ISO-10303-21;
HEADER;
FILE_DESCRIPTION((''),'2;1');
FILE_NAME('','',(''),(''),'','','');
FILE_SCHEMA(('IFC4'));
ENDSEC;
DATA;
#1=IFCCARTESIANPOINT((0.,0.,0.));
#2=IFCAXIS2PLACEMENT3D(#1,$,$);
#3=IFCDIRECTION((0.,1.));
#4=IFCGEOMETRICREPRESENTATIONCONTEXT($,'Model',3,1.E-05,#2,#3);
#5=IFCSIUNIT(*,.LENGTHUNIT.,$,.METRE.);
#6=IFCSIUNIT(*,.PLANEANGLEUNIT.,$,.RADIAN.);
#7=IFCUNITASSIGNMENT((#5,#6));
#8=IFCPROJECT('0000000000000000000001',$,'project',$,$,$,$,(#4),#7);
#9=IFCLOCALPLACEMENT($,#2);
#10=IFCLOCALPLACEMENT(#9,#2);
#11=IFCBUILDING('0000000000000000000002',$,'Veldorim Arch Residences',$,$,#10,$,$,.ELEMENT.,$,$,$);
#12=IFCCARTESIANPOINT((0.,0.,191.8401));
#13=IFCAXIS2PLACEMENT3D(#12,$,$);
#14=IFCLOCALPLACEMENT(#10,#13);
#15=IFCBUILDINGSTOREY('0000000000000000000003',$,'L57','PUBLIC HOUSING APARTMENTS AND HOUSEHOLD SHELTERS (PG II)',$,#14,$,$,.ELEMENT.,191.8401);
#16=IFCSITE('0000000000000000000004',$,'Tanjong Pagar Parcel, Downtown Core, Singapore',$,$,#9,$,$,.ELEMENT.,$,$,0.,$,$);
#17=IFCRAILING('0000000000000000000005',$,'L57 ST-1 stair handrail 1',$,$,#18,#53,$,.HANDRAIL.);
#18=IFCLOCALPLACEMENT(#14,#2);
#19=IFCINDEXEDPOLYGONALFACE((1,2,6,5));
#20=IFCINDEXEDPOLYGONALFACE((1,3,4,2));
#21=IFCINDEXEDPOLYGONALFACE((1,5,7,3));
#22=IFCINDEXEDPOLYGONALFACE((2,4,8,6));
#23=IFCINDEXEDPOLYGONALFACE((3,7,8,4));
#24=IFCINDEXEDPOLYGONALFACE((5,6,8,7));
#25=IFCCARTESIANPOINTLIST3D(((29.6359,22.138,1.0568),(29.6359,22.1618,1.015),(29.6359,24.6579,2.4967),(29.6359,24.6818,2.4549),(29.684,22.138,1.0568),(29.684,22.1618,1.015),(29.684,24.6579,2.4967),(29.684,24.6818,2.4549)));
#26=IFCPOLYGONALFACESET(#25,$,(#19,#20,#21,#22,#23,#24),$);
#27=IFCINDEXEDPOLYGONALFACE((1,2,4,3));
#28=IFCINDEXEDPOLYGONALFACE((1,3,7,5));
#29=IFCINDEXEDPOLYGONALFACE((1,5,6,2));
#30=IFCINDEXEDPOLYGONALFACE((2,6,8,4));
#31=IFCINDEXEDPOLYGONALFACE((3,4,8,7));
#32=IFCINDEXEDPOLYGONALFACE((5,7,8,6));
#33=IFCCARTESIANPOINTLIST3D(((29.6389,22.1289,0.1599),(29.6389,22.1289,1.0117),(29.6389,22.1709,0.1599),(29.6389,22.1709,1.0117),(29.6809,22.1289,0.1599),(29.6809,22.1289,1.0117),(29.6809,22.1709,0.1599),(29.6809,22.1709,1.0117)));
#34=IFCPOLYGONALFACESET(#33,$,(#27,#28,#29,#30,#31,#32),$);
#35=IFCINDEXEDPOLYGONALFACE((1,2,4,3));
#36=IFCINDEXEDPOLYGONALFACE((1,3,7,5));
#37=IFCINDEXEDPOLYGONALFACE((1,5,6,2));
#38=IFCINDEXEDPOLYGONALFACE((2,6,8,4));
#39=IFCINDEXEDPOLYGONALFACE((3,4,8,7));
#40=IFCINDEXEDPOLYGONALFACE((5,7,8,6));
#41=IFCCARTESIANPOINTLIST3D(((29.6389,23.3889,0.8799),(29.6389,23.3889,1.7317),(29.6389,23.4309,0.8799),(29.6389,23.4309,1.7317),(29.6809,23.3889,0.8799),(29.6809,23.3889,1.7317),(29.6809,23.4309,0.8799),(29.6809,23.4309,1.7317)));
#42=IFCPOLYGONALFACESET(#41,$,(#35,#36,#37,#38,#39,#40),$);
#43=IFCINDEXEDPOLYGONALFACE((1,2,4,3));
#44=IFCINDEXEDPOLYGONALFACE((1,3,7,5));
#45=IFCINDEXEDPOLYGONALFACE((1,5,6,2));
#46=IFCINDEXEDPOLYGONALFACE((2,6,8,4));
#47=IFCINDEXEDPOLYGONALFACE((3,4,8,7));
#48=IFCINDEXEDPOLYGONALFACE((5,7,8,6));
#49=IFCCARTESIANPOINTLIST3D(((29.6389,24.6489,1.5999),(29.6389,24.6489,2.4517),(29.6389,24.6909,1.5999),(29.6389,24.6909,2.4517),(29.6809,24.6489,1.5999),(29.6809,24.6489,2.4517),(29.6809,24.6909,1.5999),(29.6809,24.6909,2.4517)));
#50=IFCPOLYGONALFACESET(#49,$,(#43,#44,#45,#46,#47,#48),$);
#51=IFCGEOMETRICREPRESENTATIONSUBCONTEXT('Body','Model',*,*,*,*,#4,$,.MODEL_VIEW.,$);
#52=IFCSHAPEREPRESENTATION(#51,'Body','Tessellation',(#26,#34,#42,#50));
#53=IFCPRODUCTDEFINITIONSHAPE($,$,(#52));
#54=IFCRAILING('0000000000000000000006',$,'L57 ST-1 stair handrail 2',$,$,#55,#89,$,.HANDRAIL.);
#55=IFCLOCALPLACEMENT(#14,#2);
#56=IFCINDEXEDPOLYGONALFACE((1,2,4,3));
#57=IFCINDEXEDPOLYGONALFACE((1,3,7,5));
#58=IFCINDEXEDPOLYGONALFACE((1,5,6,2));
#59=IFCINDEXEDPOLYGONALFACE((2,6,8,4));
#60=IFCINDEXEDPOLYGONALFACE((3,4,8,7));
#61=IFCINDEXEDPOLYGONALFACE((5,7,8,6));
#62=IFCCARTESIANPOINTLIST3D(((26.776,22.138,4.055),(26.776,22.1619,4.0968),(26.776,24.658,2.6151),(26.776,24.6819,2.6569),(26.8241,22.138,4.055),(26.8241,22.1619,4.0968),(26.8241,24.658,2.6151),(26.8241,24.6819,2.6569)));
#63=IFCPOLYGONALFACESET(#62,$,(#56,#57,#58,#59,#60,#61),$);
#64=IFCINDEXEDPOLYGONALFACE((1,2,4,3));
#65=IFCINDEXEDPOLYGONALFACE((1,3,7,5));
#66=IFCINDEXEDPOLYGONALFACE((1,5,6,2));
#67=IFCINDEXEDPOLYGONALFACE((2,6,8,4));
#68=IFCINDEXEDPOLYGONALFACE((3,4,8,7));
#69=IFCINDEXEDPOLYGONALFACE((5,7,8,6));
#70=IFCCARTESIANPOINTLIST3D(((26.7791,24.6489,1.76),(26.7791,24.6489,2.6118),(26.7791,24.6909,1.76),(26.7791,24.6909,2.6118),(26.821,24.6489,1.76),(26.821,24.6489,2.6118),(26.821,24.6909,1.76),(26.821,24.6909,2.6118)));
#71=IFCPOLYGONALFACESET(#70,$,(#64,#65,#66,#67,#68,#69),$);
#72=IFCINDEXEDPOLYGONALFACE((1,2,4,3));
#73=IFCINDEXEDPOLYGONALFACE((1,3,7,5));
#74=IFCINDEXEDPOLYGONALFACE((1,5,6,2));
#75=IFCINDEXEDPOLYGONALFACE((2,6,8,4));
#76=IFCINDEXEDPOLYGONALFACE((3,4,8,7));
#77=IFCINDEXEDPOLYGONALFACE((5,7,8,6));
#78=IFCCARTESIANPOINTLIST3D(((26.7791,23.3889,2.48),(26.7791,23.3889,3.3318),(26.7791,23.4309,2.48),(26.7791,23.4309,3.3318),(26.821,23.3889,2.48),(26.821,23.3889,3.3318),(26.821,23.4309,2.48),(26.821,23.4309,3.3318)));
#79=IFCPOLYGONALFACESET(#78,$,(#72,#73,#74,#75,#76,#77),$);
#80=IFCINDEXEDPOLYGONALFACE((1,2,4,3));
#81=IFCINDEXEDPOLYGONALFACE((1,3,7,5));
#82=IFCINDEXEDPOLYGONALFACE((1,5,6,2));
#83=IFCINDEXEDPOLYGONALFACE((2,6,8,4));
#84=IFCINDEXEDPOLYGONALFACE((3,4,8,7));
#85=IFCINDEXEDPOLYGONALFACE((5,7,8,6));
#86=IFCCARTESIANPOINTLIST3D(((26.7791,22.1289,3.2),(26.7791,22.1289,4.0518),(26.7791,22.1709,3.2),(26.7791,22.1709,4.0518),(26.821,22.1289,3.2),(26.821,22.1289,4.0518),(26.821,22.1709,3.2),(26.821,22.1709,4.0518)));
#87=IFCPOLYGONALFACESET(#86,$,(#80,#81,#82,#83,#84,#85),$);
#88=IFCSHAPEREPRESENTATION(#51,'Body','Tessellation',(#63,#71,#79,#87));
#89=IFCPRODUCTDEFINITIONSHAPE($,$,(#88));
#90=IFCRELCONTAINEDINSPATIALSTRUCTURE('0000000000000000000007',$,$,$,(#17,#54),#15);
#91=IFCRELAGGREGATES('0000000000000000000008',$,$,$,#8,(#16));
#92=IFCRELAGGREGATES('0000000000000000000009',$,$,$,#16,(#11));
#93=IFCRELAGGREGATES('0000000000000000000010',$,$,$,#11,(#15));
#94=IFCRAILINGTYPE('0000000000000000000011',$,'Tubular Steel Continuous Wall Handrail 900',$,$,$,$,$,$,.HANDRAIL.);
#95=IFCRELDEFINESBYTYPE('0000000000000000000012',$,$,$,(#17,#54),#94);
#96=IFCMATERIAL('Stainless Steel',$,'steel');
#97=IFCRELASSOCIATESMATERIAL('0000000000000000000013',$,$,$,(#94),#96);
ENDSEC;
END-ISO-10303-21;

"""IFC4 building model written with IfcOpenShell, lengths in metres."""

from ifc_helpers import new_model, si_unit, direction, frame, origin, origin_2d, place, context, subcontext, project, spatial, rectangle, extrude, material, type_object, element, save


model = new_model("IFC4")

# Units and contexts
model_context = context("Model", 3, precision=1e-05, world=origin(), true_north=direction((0.0, 1.0)))
body_context = subcontext(model_context, "Body", "Model", "MODEL_VIEW")
ifc_project = project(units=[si_unit("LENGTHUNIT", "METRE"), si_unit("PLANEANGLEUNIT", "RADIAN")], contexts=[model_context])

# Site, building, storey
site_placement = place(None, origin())
site = spatial("IfcSite", under=ifc_project, at=site_placement, Name="Tanjong Pagar Parcel, Downtown Core, Singapore", CompositionType="ELEMENT", RefElevation=0.0)
building_placement = place(site_placement, origin())
building = spatial("IfcBuilding", under=site, at=building_placement, Name="Veldorim Arch Residences", CompositionType="ELEMENT")
storey_placement = place(building_placement, frame((0.0, 0.0, 191.8401)))
storey = spatial("IfcBuildingStorey", under=building, at=storey_placement, Name="L57", Description="PUBLIC HOUSING APARTMENTS AND HOUSEHOLD SHELTERS (PG II)", CompositionType="ELEMENT", Elevation=191.8401)

# Railings
ifc_material_1 = material(Name="Stainless Steel", Category="steel")
railing_type_1 = type_object("IfcRailingType", Name="Tubular Steel Continuous Wall Handrail 900", PredefinedType="HANDRAIL", material=ifc_material_1)
railing_1_placement = place(storey_placement, frame((29.6599, 22.1499, 0.1599)))
element("IfcRailing", 1, at=railing_1_placement, inside=storey, type_object=railing_type_1, Name="L57 ST-1 stair handrail 1", PredefinedType="HANDRAIL", context=body_context, shape_type="SweptSolid", body=[
    extrude(rectangle(XDim=0.0481, YDim=0.0481, at=origin_2d()), frame((0.0, 0.0, 0.876), z_axis=(0.0, 0.868253, 0.496121), x_axis=(-1.0, 0.0, 0.0)), (0.0, 0.0, 1.0), 2.9023),
    extrude(rectangle(XDim=0.042, YDim=0.042, at=origin_2d()), origin(), (0.0, 0.0, 1.0), 0.8518),
    extrude(rectangle(XDim=0.042, YDim=0.042, at=origin_2d()), frame((0.0, 1.26, 0.72)), (0.0, 0.0, 1.0), 0.8518),
    extrude(rectangle(XDim=0.042, YDim=0.042, at=origin_2d()), frame((0.0, 2.52, 1.4399)), (0.0, 0.0, 1.0), 0.8518),
])
railing_2_placement = place(storey_placement, frame((26.8, 24.6699, 1.76)))
element("IfcRailing", 2, at=railing_2_placement, inside=storey, type_object=railing_type_1, Name="L57 ST-1 stair handrail 2", PredefinedType="HANDRAIL", context=body_context, shape_type="SweptSolid", body=[
    extrude(rectangle(XDim=0.0481, YDim=0.0481, at=origin_2d()), frame((0.0, 0.0, 0.876), z_axis=(0.0, -0.868253, 0.496121), x_axis=(1.0, 0.0, 0.0)), (0.0, 0.0, 1.0), 2.9023),
    extrude(rectangle(XDim=0.042, YDim=0.042, at=origin_2d()), origin(), (0.0, 0.0, 1.0), 0.8518),
    extrude(rectangle(XDim=0.042, YDim=0.042, at=origin_2d()), frame((0.0, -1.26, 0.72)), (0.0, 0.0, 1.0), 0.8518),
    extrude(rectangle(XDim=0.042, YDim=0.042, at=origin_2d()), frame((0.0, -2.52, 1.4399)), (0.0, 0.0, 1.0), 0.8518),
])

save(model, "model.ifc")
